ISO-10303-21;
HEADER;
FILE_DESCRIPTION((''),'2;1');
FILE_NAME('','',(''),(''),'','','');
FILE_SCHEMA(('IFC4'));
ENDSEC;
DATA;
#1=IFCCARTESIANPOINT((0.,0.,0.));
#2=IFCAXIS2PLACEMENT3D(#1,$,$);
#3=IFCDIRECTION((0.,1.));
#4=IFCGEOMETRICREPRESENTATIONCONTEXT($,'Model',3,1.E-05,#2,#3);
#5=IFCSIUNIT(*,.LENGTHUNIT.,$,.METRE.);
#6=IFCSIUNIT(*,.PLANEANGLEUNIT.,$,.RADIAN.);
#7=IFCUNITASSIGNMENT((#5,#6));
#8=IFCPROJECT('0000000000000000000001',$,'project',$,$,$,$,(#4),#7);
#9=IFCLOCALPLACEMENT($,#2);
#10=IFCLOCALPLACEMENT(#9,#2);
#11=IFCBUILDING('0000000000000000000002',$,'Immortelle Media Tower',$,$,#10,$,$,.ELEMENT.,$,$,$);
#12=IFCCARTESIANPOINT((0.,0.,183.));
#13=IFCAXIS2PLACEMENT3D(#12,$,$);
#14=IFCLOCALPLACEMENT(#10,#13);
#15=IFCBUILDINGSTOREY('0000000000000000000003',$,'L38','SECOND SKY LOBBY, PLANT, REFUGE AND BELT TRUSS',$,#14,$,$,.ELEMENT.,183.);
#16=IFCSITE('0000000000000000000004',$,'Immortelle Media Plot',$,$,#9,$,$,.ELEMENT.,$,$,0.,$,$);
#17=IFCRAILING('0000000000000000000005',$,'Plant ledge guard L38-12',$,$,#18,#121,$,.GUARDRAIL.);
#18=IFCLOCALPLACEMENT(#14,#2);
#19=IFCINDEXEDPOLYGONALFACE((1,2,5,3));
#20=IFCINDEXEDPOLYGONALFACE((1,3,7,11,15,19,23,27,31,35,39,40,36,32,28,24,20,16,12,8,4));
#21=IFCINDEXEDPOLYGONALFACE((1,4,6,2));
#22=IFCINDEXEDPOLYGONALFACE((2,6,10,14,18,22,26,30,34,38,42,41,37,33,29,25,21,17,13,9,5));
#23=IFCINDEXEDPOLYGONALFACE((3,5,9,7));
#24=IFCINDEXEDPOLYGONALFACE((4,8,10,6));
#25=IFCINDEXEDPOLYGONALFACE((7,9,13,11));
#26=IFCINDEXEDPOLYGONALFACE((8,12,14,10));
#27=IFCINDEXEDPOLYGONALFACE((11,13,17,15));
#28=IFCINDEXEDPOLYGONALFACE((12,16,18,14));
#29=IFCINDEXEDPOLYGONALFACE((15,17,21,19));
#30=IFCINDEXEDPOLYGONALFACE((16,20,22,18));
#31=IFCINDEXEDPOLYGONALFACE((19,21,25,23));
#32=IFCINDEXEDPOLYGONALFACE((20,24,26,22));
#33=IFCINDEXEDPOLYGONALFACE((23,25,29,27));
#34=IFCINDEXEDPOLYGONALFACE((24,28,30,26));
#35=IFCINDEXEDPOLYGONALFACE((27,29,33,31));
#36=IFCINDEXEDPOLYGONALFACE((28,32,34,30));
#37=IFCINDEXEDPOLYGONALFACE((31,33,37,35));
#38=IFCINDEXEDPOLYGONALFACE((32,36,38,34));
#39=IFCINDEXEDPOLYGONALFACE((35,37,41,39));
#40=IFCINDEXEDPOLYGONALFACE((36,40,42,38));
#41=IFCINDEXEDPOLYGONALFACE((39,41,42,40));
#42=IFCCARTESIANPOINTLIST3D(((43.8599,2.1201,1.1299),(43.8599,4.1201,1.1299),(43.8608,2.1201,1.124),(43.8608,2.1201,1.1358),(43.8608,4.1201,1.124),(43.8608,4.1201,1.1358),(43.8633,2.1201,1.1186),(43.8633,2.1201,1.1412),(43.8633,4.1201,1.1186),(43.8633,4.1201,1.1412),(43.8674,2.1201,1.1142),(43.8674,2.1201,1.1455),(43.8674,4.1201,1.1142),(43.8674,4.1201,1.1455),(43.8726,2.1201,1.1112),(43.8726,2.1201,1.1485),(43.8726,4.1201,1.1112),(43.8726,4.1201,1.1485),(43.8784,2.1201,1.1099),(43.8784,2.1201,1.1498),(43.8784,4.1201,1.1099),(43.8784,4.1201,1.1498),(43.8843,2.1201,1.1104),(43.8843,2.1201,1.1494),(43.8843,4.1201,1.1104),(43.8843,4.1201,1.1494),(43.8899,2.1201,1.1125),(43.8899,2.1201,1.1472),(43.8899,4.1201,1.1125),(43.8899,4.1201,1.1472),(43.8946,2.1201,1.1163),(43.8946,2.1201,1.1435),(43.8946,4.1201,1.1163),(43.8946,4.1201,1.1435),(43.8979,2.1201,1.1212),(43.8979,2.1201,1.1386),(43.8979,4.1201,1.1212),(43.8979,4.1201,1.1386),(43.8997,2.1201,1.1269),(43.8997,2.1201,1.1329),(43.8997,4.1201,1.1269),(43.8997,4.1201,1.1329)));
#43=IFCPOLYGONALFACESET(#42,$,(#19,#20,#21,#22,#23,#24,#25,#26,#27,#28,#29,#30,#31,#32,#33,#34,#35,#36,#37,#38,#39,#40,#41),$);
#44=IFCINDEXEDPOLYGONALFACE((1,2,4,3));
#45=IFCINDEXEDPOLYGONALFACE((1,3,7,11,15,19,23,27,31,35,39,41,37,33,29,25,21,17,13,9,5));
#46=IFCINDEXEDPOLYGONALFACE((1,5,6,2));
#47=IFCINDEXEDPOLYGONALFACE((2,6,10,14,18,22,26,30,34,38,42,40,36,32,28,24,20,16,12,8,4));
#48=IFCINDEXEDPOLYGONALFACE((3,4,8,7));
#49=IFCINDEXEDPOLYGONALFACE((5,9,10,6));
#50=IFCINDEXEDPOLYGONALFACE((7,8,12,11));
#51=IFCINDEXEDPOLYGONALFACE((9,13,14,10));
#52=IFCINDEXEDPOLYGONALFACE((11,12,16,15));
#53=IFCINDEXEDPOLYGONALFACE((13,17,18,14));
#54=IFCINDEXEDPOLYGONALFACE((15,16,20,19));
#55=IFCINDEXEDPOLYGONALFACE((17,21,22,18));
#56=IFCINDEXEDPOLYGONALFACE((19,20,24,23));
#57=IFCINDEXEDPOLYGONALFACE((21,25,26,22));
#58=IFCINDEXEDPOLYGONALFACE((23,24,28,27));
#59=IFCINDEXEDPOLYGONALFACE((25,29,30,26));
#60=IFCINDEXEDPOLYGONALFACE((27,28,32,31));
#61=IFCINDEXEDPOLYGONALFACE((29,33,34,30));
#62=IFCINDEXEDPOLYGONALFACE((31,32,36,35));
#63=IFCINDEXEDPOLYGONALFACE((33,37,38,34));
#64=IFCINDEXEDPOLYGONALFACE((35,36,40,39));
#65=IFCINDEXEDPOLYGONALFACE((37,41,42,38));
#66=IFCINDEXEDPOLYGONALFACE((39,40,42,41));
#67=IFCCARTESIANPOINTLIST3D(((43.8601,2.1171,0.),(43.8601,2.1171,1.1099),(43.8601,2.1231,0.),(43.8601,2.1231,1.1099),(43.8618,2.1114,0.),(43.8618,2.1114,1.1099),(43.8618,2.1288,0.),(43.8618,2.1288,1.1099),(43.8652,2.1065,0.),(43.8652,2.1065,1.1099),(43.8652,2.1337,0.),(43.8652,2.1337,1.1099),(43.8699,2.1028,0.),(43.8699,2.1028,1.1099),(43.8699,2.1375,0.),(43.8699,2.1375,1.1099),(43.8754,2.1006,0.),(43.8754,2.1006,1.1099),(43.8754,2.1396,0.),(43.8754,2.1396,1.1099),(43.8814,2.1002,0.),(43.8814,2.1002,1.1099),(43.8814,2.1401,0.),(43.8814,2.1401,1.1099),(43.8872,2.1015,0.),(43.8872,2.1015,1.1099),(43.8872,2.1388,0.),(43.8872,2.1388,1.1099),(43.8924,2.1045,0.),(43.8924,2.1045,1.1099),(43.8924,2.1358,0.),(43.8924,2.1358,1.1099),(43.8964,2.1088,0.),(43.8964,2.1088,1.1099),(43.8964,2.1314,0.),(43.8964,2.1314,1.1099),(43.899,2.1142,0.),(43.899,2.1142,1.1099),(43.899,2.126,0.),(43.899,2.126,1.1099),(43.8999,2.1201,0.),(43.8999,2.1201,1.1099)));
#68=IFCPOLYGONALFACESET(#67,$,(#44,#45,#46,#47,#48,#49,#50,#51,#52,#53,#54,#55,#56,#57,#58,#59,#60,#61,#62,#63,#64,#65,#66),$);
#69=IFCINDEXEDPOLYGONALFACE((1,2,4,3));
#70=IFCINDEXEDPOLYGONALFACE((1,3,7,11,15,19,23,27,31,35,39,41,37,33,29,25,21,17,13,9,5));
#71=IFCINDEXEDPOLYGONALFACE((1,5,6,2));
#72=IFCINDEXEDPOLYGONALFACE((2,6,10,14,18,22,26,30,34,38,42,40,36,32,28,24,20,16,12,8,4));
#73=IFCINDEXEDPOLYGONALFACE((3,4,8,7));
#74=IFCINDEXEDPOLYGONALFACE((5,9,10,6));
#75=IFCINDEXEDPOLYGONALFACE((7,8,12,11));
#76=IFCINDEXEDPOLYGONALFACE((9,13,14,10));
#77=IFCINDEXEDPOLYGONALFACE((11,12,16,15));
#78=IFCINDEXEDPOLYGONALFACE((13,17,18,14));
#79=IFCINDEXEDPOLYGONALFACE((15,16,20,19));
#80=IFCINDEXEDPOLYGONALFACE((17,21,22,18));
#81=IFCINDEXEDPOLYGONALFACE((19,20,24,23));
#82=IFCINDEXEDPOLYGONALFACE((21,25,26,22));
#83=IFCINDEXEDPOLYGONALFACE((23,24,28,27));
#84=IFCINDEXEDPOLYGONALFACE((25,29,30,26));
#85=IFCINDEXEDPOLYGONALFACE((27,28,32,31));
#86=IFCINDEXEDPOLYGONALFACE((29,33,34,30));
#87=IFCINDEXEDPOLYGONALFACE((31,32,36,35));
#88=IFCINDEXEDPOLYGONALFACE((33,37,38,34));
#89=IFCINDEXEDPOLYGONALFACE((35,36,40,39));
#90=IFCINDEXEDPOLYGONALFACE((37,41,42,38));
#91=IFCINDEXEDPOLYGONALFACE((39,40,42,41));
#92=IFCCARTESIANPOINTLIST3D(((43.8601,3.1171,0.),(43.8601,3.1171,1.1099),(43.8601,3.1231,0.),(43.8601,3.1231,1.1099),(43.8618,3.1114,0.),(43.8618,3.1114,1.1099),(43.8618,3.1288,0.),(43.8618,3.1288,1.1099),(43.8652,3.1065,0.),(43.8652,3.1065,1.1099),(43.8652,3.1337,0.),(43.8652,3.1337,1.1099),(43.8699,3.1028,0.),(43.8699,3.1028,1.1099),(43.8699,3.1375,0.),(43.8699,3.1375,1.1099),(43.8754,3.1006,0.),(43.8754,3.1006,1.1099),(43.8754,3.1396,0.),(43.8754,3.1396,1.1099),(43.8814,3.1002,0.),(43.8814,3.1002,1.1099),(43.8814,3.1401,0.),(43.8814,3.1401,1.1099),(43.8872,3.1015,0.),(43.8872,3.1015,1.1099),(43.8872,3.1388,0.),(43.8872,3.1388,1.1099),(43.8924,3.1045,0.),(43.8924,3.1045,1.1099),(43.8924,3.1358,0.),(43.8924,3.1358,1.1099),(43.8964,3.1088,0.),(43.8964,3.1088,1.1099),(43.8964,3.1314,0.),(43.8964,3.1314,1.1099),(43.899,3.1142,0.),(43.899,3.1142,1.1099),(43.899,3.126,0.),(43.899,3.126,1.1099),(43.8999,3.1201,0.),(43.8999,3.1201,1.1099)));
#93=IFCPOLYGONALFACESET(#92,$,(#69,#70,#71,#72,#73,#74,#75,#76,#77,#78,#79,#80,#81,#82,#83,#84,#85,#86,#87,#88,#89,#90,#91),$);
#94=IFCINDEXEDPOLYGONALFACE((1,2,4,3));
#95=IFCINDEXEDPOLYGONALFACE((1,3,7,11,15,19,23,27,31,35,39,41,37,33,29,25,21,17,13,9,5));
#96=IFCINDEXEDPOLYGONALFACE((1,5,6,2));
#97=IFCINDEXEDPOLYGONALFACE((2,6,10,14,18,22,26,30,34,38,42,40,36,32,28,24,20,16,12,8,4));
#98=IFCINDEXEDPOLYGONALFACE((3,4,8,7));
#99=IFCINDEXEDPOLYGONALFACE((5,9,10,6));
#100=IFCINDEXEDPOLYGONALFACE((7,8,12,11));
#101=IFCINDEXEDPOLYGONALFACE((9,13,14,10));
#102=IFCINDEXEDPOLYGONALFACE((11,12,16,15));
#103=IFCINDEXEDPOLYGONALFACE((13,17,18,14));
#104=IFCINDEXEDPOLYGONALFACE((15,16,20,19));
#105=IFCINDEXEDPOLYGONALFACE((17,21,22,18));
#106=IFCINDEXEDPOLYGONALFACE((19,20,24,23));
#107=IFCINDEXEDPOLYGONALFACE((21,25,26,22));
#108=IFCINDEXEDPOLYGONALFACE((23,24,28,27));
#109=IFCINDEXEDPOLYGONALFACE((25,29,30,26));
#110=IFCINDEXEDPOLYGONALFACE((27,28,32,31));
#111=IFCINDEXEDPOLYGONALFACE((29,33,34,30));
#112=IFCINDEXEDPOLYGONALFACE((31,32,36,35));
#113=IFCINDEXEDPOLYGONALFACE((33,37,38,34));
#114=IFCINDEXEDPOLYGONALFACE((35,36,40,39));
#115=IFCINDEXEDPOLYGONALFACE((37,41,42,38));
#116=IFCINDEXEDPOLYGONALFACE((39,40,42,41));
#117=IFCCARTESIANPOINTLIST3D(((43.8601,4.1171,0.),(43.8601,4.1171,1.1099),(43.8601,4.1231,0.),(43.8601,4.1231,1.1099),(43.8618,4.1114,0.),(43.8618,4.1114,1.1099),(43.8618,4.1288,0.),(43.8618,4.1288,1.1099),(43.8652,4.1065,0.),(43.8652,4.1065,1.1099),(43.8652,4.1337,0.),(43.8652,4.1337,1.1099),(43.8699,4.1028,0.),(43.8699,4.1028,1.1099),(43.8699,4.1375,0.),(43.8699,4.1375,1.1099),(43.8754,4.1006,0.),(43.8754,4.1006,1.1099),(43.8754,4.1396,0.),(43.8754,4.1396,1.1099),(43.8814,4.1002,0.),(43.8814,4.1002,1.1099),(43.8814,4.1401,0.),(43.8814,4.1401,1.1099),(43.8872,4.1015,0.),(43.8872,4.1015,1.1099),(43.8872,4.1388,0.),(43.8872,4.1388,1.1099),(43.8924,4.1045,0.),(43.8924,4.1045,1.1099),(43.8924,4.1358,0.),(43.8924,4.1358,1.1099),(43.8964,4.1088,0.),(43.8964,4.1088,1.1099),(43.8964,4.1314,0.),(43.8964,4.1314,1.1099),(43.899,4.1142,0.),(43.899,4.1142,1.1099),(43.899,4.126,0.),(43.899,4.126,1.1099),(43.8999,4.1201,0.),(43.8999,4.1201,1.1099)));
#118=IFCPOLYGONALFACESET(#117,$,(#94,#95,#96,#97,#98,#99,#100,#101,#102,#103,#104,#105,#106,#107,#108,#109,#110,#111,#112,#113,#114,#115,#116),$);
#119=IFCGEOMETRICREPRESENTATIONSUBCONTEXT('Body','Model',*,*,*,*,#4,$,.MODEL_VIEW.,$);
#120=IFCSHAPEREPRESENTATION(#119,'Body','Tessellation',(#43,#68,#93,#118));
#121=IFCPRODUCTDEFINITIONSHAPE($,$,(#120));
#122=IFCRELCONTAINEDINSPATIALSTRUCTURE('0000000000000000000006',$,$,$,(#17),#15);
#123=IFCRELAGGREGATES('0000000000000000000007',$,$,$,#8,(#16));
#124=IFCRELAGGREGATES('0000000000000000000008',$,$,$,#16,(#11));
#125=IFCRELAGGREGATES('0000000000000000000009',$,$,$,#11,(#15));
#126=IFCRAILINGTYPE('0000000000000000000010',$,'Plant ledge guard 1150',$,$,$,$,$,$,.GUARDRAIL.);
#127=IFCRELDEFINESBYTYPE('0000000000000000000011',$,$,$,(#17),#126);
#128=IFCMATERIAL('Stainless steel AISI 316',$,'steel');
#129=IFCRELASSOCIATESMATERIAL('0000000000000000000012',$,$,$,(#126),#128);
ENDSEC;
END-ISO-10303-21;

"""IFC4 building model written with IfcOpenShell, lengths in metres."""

from ifc_helpers import new_model, si_unit, direction, frame, origin, origin_2d, place, context, subcontext, project, spatial, circle, extrude, material, type_object, element, save


model = new_model("IFC4")

# Units and contexts
model_context = context("Model", 3, precision=1e-05, world=origin(), true_north=direction((0.0, 1.0)))
body_context = subcontext(model_context, "Body", "Model", "MODEL_VIEW")
ifc_project = project(units=[si_unit("LENGTHUNIT", "METRE"), si_unit("PLANEANGLEUNIT", "RADIAN")], contexts=[model_context])

# Site, building, storey
site_placement = place(None, origin())
site = spatial("IfcSite", under=ifc_project, at=site_placement, Name="Immortelle Media Plot", CompositionType="ELEMENT", RefElevation=0.0)
building_placement = place(site_placement, origin())
building = spatial("IfcBuilding", under=site, at=building_placement, Name="Immortelle Media Tower", CompositionType="ELEMENT")
storey_placement = place(building_placement, frame((0.0, 0.0, 183.0)))
storey = spatial("IfcBuildingStorey", under=building, at=storey_placement, Name="L38", Description="SECOND SKY LOBBY, PLANT, REFUGE AND BELT TRUSS", CompositionType="ELEMENT", Elevation=183.0)

# Railing
ifc_material_1 = material(Name="Stainless steel AISI 316", Category="steel")
railing_type = type_object("IfcRailingType", Name="Plant ledge guard 1150", PredefinedType="GUARDRAIL", material=ifc_material_1)
railing_1_placement = place(storey_placement, frame((43.8799, 2.1201, 0.0)))
element("IfcRailing", 1, at=railing_1_placement, inside=storey, type_object=railing_type, Name="Plant ledge guard L38-12", PredefinedType="GUARDRAIL", context=body_context, shape_type="SweptSolid", body=[
    extrude(circle(Radius=0.02, at=origin_2d()), frame((0.0, 0.0, 1.1299), z_axis=(0.0, 1.0, 0.0), x_axis=(-1.0, 0.0, 0.0)), (0.0, 0.0, 1.0), 2.0),
    extrude(circle(Radius=0.02, at=origin_2d()), origin(), (0.0, 0.0, 1.0), 1.1099),
    extrude(circle(Radius=0.02, at=origin_2d()), frame((0.0, 1.0, 0.0)), (0.0, 0.0, 1.0), 1.1099),
    extrude(circle(Radius=0.02, at=origin_2d()), frame((0.0, 2.0, 0.0)), (0.0, 0.0, 1.0), 1.1099),
])

save(model, "model.ifc")
